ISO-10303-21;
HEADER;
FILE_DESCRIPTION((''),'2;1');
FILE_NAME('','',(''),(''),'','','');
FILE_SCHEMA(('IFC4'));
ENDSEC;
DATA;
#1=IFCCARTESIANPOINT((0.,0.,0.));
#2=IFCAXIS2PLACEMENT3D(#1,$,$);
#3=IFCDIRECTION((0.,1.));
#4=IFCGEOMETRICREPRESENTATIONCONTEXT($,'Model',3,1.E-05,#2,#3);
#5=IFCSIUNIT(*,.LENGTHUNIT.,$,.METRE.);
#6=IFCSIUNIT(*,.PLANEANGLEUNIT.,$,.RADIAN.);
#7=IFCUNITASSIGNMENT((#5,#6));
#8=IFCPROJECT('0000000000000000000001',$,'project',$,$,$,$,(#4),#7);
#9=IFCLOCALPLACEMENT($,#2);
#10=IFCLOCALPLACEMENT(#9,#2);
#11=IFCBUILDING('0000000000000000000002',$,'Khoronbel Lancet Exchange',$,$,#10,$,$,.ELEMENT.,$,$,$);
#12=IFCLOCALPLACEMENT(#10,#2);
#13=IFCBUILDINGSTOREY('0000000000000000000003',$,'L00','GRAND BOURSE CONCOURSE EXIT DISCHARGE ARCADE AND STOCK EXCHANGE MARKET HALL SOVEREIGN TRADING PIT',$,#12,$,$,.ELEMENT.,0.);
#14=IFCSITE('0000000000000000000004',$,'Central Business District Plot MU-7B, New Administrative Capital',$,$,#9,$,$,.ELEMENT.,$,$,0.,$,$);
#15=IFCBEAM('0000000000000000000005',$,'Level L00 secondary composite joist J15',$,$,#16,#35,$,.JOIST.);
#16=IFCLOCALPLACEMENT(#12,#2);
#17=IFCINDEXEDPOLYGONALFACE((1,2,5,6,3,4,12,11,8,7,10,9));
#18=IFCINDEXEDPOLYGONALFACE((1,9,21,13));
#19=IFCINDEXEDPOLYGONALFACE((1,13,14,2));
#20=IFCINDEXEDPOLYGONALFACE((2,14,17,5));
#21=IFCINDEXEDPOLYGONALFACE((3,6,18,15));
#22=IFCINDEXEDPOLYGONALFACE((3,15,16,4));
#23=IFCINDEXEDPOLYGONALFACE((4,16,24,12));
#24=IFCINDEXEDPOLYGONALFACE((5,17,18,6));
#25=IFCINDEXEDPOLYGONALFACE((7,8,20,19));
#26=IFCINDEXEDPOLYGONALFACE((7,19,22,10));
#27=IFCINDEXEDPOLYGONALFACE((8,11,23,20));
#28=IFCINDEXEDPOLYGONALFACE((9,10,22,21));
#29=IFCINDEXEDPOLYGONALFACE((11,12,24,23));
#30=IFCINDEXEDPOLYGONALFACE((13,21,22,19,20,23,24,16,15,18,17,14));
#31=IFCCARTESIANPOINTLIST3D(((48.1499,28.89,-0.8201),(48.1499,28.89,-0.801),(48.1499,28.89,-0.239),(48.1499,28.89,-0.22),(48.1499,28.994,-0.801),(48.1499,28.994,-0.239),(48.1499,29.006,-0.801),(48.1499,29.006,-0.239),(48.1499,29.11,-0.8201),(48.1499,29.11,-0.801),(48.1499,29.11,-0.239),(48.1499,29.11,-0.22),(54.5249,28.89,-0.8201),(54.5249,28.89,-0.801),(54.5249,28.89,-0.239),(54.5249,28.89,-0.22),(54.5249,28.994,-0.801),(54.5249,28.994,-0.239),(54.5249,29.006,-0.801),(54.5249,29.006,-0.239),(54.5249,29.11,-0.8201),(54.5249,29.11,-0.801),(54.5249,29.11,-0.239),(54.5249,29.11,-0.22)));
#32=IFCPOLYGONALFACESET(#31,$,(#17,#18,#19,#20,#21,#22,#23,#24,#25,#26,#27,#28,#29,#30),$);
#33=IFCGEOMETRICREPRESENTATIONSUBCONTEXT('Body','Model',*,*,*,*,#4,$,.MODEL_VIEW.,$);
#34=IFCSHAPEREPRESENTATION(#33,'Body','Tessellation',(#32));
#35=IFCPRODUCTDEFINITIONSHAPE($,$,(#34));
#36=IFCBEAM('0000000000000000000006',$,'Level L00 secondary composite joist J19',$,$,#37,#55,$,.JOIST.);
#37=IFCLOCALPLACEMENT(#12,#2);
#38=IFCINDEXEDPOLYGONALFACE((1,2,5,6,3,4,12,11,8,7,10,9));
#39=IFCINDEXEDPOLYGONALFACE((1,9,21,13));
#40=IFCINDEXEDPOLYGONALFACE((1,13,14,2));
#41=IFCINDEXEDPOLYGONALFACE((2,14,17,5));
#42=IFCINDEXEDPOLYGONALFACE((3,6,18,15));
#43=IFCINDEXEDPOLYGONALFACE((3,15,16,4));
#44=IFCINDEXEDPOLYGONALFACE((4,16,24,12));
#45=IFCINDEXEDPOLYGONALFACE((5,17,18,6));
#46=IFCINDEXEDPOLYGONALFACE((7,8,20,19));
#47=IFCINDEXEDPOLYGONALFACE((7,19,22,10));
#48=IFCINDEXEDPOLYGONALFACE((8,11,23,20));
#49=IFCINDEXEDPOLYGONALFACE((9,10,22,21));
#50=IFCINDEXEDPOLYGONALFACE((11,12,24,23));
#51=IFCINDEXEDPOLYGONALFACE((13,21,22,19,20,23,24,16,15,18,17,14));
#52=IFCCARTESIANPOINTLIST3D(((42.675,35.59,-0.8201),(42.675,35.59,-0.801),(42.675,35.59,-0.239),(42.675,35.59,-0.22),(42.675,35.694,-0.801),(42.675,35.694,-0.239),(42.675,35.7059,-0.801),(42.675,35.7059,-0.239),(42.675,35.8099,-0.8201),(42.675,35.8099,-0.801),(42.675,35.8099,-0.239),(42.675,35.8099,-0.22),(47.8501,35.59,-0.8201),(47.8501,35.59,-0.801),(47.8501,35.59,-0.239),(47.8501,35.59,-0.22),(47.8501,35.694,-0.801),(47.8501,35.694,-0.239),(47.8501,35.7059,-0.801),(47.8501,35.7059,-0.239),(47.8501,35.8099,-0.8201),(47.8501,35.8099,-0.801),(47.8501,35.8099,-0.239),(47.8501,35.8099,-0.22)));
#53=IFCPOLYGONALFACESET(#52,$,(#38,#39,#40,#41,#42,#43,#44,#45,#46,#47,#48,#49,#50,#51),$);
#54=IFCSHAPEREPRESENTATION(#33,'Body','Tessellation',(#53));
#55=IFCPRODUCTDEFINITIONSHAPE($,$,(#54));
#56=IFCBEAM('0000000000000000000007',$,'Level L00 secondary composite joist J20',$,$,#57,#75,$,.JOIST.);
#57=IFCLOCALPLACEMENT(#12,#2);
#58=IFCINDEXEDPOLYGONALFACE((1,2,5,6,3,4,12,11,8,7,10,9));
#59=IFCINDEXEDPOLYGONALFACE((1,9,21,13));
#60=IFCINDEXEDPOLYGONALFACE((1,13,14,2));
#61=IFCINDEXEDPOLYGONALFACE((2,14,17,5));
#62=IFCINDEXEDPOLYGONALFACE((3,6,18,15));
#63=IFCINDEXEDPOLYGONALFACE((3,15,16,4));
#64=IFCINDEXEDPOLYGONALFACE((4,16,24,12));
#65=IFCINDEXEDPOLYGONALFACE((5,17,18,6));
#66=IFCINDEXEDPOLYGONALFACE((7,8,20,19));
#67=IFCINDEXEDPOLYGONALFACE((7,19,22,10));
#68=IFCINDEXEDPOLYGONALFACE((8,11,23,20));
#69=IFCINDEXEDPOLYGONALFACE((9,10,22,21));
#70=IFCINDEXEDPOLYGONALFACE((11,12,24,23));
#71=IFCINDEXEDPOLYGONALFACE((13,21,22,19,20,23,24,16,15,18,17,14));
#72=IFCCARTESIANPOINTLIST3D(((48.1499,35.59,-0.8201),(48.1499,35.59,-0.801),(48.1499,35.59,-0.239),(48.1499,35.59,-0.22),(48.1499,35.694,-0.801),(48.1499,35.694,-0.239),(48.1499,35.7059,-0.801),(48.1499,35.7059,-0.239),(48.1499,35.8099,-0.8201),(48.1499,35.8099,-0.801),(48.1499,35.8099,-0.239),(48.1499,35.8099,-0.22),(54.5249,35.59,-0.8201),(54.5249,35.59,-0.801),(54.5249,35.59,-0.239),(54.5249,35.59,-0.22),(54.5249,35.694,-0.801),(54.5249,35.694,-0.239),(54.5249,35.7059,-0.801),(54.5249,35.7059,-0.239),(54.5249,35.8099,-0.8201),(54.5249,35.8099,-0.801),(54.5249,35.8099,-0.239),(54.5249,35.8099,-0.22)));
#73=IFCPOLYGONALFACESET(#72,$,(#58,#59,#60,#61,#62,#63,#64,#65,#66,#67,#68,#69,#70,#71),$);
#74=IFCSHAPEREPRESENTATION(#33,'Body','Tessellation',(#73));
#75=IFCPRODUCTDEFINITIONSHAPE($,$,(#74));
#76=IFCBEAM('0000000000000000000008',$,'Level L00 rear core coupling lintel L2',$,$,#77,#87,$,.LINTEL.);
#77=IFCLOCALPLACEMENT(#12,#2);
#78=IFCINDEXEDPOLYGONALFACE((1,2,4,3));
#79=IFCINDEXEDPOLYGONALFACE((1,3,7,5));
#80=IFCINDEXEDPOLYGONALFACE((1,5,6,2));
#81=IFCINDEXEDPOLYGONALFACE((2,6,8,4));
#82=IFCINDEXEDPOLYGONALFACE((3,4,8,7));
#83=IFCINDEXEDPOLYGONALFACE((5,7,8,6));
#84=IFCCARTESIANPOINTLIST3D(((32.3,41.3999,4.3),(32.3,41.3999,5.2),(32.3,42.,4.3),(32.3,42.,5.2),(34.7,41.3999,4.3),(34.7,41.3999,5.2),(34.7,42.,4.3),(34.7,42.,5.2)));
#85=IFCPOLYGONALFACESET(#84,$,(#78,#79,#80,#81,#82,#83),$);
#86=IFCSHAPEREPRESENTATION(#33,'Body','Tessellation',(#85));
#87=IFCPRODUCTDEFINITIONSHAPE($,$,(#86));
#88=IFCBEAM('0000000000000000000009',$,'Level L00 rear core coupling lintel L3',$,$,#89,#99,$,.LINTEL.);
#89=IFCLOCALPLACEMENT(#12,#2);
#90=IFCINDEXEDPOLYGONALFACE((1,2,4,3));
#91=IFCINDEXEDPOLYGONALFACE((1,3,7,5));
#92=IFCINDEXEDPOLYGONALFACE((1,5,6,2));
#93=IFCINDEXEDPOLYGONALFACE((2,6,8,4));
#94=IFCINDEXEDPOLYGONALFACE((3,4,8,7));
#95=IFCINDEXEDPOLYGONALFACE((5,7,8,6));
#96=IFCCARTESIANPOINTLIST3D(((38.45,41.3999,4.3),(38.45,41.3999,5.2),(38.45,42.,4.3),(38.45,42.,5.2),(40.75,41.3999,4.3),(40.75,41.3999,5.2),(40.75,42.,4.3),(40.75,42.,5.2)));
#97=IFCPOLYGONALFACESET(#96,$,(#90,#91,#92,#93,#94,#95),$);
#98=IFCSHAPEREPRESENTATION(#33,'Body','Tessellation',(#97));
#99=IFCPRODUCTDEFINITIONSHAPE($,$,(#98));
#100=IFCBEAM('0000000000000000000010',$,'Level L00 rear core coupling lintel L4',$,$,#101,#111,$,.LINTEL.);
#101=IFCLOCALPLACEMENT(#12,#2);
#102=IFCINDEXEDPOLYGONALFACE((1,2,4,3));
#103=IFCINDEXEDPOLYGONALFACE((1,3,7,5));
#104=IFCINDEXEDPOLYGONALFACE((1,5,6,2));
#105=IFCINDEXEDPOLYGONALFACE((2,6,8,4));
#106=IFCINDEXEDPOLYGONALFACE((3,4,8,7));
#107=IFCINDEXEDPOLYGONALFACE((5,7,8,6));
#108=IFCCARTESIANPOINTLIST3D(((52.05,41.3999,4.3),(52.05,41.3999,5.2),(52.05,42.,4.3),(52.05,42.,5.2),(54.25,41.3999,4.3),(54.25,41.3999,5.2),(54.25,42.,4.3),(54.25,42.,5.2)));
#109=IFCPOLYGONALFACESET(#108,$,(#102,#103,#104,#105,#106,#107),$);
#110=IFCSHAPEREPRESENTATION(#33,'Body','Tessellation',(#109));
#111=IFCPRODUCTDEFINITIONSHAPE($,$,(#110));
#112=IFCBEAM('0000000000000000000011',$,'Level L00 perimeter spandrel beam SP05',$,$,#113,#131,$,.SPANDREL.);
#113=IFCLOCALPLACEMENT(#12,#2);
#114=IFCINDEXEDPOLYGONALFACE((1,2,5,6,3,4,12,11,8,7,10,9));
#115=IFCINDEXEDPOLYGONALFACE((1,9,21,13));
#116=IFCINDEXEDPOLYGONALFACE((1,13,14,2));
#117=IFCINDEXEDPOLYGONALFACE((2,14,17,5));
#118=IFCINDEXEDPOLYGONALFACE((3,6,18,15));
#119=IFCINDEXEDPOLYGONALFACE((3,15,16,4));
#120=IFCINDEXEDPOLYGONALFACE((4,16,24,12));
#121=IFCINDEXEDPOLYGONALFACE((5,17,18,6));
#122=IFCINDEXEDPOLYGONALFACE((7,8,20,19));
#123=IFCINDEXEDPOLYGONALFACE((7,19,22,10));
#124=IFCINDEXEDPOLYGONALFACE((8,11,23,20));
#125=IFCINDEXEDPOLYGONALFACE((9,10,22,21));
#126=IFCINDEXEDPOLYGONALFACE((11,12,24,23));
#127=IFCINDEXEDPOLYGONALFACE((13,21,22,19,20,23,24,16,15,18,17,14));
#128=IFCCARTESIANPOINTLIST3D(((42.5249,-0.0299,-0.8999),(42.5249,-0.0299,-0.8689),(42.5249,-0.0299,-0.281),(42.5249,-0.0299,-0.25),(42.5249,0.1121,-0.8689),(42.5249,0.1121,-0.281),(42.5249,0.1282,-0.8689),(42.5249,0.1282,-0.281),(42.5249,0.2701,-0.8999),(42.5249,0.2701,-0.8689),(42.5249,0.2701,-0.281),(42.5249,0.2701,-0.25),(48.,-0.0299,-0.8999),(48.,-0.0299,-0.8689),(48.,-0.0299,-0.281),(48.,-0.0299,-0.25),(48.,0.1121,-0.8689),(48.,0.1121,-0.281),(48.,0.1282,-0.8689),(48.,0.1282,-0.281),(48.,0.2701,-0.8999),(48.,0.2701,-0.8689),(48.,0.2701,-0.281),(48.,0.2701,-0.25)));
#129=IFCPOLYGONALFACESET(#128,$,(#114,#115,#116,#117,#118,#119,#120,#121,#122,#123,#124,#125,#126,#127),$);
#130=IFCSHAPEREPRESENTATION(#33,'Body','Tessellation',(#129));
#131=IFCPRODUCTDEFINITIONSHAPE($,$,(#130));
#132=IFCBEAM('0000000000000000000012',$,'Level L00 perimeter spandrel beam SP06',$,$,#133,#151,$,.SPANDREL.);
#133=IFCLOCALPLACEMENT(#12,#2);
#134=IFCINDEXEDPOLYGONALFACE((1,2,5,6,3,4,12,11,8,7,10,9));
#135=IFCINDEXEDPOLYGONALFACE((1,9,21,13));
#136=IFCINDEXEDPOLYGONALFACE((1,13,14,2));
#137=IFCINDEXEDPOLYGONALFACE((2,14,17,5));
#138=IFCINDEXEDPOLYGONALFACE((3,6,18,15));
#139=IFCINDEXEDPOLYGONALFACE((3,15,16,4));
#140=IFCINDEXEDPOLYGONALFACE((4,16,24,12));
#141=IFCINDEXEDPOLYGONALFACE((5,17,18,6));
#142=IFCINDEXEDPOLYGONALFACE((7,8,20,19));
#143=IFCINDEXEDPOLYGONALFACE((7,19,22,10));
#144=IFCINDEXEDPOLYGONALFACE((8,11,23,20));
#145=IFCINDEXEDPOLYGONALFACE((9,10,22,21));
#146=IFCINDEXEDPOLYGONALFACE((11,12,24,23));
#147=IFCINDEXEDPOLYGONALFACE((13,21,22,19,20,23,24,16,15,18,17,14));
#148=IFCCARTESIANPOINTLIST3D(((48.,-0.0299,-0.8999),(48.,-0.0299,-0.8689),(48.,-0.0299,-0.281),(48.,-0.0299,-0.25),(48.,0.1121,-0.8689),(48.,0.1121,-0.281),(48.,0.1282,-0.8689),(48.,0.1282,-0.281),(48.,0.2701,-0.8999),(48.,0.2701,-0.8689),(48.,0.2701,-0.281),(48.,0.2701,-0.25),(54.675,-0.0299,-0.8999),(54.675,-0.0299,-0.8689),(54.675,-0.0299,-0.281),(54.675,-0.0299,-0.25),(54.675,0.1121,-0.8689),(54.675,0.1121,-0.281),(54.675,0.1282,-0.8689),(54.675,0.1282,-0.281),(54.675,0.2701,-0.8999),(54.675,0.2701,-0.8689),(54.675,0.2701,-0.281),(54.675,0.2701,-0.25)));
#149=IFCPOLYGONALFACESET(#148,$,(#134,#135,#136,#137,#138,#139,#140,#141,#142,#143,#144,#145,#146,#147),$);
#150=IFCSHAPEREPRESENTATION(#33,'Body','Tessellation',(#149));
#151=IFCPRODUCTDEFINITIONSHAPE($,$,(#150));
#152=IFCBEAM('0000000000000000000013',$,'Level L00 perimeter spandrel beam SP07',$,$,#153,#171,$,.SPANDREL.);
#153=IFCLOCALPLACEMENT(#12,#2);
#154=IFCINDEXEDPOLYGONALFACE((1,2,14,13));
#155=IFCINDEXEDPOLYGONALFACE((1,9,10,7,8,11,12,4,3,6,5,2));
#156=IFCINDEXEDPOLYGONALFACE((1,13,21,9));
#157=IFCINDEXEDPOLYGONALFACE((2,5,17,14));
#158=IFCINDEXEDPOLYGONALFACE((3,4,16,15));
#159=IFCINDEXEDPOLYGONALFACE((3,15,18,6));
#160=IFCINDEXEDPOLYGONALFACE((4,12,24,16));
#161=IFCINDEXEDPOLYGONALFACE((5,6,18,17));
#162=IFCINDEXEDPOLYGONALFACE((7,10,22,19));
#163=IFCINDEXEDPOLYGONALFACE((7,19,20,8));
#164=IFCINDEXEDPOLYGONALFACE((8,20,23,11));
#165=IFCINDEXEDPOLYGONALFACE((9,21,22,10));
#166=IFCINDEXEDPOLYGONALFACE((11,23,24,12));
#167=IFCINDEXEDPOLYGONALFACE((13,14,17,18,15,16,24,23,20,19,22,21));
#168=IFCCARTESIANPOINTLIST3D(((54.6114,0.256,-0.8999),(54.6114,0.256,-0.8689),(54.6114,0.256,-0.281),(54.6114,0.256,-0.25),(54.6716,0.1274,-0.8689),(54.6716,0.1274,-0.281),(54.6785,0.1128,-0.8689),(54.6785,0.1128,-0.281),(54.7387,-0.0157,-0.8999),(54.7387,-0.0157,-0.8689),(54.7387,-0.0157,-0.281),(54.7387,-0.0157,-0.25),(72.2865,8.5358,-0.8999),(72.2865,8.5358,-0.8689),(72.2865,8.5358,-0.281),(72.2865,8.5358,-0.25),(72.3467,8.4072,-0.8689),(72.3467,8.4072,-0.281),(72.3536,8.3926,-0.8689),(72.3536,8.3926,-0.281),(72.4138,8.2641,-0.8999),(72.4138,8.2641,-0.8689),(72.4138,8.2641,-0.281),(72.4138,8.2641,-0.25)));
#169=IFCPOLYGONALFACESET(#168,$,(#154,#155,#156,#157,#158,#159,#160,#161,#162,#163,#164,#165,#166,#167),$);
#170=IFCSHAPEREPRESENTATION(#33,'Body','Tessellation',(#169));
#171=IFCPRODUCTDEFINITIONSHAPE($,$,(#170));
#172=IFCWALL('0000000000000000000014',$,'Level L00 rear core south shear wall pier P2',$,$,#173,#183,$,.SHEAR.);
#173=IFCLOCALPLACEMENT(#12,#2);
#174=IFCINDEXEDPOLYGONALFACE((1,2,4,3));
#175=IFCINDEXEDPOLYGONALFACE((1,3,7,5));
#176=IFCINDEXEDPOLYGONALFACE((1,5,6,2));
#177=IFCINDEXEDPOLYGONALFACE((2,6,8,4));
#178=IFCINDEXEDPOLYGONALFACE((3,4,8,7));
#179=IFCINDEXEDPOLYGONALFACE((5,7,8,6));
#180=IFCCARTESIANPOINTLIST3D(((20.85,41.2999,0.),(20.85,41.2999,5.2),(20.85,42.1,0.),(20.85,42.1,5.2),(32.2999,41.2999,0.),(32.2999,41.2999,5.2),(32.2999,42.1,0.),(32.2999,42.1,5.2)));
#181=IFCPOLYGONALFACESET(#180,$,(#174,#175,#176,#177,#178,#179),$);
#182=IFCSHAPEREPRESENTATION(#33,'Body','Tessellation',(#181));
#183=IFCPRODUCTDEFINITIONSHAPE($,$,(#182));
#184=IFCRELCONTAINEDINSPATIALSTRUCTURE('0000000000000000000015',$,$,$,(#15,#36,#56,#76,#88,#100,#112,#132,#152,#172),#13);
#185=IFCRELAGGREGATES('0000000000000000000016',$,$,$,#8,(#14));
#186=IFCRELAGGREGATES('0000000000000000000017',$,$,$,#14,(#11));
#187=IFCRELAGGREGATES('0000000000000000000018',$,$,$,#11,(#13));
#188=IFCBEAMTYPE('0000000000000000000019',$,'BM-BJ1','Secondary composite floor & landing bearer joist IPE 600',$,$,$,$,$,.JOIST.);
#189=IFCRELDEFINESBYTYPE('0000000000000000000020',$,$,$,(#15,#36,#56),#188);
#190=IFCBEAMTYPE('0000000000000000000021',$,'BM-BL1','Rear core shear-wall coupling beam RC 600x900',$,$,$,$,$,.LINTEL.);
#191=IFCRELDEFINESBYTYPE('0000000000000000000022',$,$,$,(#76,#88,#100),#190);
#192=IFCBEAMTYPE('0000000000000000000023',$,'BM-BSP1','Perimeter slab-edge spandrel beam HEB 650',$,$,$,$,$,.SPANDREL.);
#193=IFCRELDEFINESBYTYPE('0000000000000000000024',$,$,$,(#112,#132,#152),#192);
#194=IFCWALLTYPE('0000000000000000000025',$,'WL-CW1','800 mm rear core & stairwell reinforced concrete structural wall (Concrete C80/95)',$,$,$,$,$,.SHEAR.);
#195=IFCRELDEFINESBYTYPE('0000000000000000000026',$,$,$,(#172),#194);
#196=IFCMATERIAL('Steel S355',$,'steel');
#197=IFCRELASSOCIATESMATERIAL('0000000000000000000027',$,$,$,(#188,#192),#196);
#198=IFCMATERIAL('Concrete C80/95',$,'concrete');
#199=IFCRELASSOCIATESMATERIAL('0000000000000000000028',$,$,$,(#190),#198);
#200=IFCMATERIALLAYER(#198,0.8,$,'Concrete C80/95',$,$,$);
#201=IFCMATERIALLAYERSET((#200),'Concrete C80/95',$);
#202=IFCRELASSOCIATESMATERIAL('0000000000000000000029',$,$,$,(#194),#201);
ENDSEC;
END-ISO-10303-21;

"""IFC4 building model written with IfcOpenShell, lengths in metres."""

from ifc_helpers import new_model, si_unit, direction, frame, frame_2d, origin, origin_2d, place, context, subcontext, project, spatial, rectangle, i_section, extrude, material, layer, layer_set, material_profile, profile_set, type_object, element, save


model = new_model("IFC4")

# Units and contexts
model_context = context("Model", 3, precision=1e-05, world=origin(), true_north=direction((0.0, 1.0)))
body_context = subcontext(model_context, "Body", "Model", "MODEL_VIEW")
ifc_project = project(units=[si_unit("LENGTHUNIT", "METRE"), si_unit("PLANEANGLEUNIT", "RADIAN")], contexts=[model_context])

# Site, building, storey
site_placement = place(None, origin())
site = spatial("IfcSite", under=ifc_project, at=site_placement, Name="Central Business District Plot MU-7B, New Administrative Capital", CompositionType="ELEMENT", RefElevation=0.0)
building_placement = place(site_placement, origin())
building = spatial("IfcBuilding", under=site, at=building_placement, Name="Khoronbel Lancet Exchange", CompositionType="ELEMENT")
storey_placement = place(building_placement, origin())
storey = spatial("IfcBuildingStorey", under=building, at=storey_placement, Name="L00", Description="GRAND BOURSE CONCOURSE EXIT DISCHARGE ARCADE AND STOCK EXCHANGE MARKET HALL SOVEREIGN TRADING PIT", CompositionType="ELEMENT", Elevation=0.0)

# Beams
ifc_material_1 = material(Name="Steel S355", Category="steel")
ifc_material_profile_1 = material_profile(ifc_material_1, i_section(OverallWidth=0.22, OverallDepth=0.6001, WebThickness=0.012, FlangeThickness=0.019, at=origin_2d()), Name="IPE 600")
ifc_profile_set_1 = profile_set([ifc_material_profile_1], Name="Steel S355")
beam_type_1 = type_object("IfcBeamType", Name="BM-BJ1", Description="Secondary composite floor & landing bearer joist IPE 600", PredefinedType="JOIST", material=ifc_profile_set_1)
beam_1_placement = place(storey_placement, frame((48.1499, 29.0, -0.52), z_axis=(1.0, 0.0, 0.0), x_axis=(0.0, 1.0, 0.0)))
element("IfcBeam", 1, at=beam_1_placement, inside=storey, type_object=beam_type_1, Name="Level L00 secondary composite joist J15", PredefinedType="JOIST", context=body_context, shape_type="SweptSolid", body=[
    extrude(i_section(OverallWidth=0.22, OverallDepth=0.6001, WebThickness=0.012, FlangeThickness=0.019, at=origin_2d()), origin(), (0.0, 0.0, 1.0), 6.375),
])
beam_2_placement = place(storey_placement, frame((42.675, 35.7, -0.52), z_axis=(1.0, 0.0, 0.0), x_axis=(0.0, 1.0, 0.0)))
element("IfcBeam", 2, at=beam_2_placement, inside=storey, type_object=beam_type_1, Name="Level L00 secondary composite joist J19", PredefinedType="JOIST", context=body_context, shape_type="SweptSolid", body=[
    extrude(i_section(OverallWidth=0.22, OverallDepth=0.6001, WebThickness=0.012, FlangeThickness=0.019, at=origin_2d()), origin(), (0.0, 0.0, 1.0), 5.175),
])
beam_3_placement = place(storey_placement, frame((48.1499, 35.7, -0.52), z_axis=(1.0, 0.0, 0.0), x_axis=(0.0, 1.0, 0.0)))
element("IfcBeam", 3, at=beam_3_placement, inside=storey, type_object=beam_type_1, Name="Level L00 secondary composite joist J20", PredefinedType="JOIST", context=body_context, shape_type="SweptSolid", body=[
    extrude(i_section(OverallWidth=0.22, OverallDepth=0.6001, WebThickness=0.012, FlangeThickness=0.019, at=origin_2d()), origin(), (0.0, 0.0, 1.0), 6.375),
])
ifc_material_2 = material(Name="Concrete C80/95", Category="concrete")
ifc_material_profile_2 = material_profile(ifc_material_2, rectangle(XDim=0.6001, YDim=0.8999, at=origin_2d()), Name="RC 600x900")
ifc_profile_set_2 = profile_set([ifc_material_profile_2], Name="Concrete C80/95")
beam_type_2 = type_object("IfcBeamType", Name="BM-BL1", Description="Rear core shear-wall coupling beam RC 600x900", PredefinedType="LINTEL", material=ifc_profile_set_2)
beam_4_placement = place(storey_placement, frame((32.3, 41.7, 4.75), z_axis=(1.0, 0.0, 0.0), x_axis=(0.0, 1.0, 0.0)))
element("IfcBeam", 4, at=beam_4_placement, inside=storey, type_object=beam_type_2, Name="Level L00 rear core coupling lintel L2", PredefinedType="LINTEL", context=body_context, shape_type="SweptSolid", body=[
    extrude(rectangle(XDim=0.6001, YDim=0.8999, at=origin_2d()), origin(), (0.0, 0.0, 1.0), 2.3999),
])
beam_5_placement = place(storey_placement, frame((38.45, 41.7, 4.75), z_axis=(1.0, 0.0, 0.0), x_axis=(0.0, 1.0, 0.0)))
element("IfcBeam", 5, at=beam_5_placement, inside=storey, type_object=beam_type_2, Name="Level L00 rear core coupling lintel L3", PredefinedType="LINTEL", context=body_context, shape_type="SweptSolid", body=[
    extrude(rectangle(XDim=0.6001, YDim=0.8999, at=origin_2d()), origin(), (0.0, 0.0, 1.0), 2.3),
])
beam_6_placement = place(storey_placement, frame((52.05, 41.7, 4.75), z_axis=(1.0, 0.0, 0.0), x_axis=(0.0, 1.0, 0.0)))
element("IfcBeam", 6, at=beam_6_placement, inside=storey, type_object=beam_type_2, Name="Level L00 rear core coupling lintel L4", PredefinedType="LINTEL", context=body_context, shape_type="SweptSolid", body=[
    extrude(rectangle(XDim=0.6001, YDim=0.8999, at=origin_2d()), origin(), (0.0, 0.0, 1.0), 2.2),
])
ifc_material_profile_3 = material_profile(ifc_material_1, i_section(OverallWidth=0.3, OverallDepth=0.6499, WebThickness=0.0161, FlangeThickness=0.031, at=origin_2d()), Name="HEB 650")
ifc_profile_set_3 = profile_set([ifc_material_profile_3], Name="Steel S355")
beam_type_3 = type_object("IfcBeamType", Name="BM-BSP1", Description="Perimeter slab-edge spandrel beam HEB 650", PredefinedType="SPANDREL", material=ifc_profile_set_3)
beam_7_placement = place(storey_placement, frame((42.5249, 0.1201, -0.575), z_axis=(1.0, 0.0, 0.0), x_axis=(0.0, 1.0, 0.0)))
element("IfcBeam", 7, at=beam_7_placement, inside=storey, type_object=beam_type_3, Name="Level L00 perimeter spandrel beam SP05", PredefinedType="SPANDREL", context=body_context, shape_type="SweptSolid", body=[
    extrude(i_section(OverallWidth=0.3, OverallDepth=0.6499, WebThickness=0.0161, FlangeThickness=0.031, at=origin_2d()), origin(), (0.0, 0.0, 1.0), 5.4751),
])
beam_8_placement = place(storey_placement, frame((48.0, 0.1201, -0.575), z_axis=(1.0, 0.0, 0.0), x_axis=(0.0, 1.0, 0.0)))
element("IfcBeam", 8, at=beam_8_placement, inside=storey, type_object=beam_type_3, Name="Level L00 perimeter spandrel beam SP06", PredefinedType="SPANDREL", context=body_context, shape_type="SweptSolid", body=[
    extrude(i_section(OverallWidth=0.3, OverallDepth=0.6499, WebThickness=0.0161, FlangeThickness=0.031, at=origin_2d()), origin(), (0.0, 0.0, 1.0), 6.675),
])
beam_9_placement = place(storey_placement, frame((54.675, 0.1201, -0.575), z_axis=(0.905565, 0.424207, 0.0), x_axis=(-0.424207, 0.905565, 0.0)))
element("IfcBeam", 9, at=beam_9_placement, inside=storey, type_object=beam_type_3, Name="Level L00 perimeter spandrel beam SP07", PredefinedType="SPANDREL", context=body_context, shape_type="SweptSolid", body=[
    extrude(i_section(OverallWidth=0.3, OverallDepth=0.6499, WebThickness=0.0161, FlangeThickness=0.031, at=origin_2d()), origin(), (0.0, 0.0, 1.0), 19.5183),
])

# Wall
ifc_layer_1 = layer(ifc_material_2, 0.8, Name="Concrete C80/95")
ifc_layer_set_1 = layer_set([ifc_layer_1], Name="Concrete C80/95")
wall_type_1 = type_object("IfcWallType", Name="WL-CW1", Description="800 mm rear core & stairwell reinforced concrete structural wall (Concrete C80/95)", PredefinedType="SHEAR", material=ifc_layer_set_1)
wall_1_placement = place(storey_placement, frame((32.3, 41.7, 0.0), z_axis=(0.0, 0.0, 1.0), x_axis=(-1.0, 0.0, 0.0)))
element("IfcWall", 10, at=wall_1_placement, inside=storey, type_object=wall_type_1, Name="Level L00 rear core south shear wall pier P2", PredefinedType="SHEAR", context=body_context, shape_type="SweptSolid", body=[
    extrude(rectangle(XDim=11.45, YDim=0.8, at=frame_2d((5.7251, 0.0))), origin(), (0.0, 0.0, 1.0), 5.2),
])

save(model, "model.ifc")
